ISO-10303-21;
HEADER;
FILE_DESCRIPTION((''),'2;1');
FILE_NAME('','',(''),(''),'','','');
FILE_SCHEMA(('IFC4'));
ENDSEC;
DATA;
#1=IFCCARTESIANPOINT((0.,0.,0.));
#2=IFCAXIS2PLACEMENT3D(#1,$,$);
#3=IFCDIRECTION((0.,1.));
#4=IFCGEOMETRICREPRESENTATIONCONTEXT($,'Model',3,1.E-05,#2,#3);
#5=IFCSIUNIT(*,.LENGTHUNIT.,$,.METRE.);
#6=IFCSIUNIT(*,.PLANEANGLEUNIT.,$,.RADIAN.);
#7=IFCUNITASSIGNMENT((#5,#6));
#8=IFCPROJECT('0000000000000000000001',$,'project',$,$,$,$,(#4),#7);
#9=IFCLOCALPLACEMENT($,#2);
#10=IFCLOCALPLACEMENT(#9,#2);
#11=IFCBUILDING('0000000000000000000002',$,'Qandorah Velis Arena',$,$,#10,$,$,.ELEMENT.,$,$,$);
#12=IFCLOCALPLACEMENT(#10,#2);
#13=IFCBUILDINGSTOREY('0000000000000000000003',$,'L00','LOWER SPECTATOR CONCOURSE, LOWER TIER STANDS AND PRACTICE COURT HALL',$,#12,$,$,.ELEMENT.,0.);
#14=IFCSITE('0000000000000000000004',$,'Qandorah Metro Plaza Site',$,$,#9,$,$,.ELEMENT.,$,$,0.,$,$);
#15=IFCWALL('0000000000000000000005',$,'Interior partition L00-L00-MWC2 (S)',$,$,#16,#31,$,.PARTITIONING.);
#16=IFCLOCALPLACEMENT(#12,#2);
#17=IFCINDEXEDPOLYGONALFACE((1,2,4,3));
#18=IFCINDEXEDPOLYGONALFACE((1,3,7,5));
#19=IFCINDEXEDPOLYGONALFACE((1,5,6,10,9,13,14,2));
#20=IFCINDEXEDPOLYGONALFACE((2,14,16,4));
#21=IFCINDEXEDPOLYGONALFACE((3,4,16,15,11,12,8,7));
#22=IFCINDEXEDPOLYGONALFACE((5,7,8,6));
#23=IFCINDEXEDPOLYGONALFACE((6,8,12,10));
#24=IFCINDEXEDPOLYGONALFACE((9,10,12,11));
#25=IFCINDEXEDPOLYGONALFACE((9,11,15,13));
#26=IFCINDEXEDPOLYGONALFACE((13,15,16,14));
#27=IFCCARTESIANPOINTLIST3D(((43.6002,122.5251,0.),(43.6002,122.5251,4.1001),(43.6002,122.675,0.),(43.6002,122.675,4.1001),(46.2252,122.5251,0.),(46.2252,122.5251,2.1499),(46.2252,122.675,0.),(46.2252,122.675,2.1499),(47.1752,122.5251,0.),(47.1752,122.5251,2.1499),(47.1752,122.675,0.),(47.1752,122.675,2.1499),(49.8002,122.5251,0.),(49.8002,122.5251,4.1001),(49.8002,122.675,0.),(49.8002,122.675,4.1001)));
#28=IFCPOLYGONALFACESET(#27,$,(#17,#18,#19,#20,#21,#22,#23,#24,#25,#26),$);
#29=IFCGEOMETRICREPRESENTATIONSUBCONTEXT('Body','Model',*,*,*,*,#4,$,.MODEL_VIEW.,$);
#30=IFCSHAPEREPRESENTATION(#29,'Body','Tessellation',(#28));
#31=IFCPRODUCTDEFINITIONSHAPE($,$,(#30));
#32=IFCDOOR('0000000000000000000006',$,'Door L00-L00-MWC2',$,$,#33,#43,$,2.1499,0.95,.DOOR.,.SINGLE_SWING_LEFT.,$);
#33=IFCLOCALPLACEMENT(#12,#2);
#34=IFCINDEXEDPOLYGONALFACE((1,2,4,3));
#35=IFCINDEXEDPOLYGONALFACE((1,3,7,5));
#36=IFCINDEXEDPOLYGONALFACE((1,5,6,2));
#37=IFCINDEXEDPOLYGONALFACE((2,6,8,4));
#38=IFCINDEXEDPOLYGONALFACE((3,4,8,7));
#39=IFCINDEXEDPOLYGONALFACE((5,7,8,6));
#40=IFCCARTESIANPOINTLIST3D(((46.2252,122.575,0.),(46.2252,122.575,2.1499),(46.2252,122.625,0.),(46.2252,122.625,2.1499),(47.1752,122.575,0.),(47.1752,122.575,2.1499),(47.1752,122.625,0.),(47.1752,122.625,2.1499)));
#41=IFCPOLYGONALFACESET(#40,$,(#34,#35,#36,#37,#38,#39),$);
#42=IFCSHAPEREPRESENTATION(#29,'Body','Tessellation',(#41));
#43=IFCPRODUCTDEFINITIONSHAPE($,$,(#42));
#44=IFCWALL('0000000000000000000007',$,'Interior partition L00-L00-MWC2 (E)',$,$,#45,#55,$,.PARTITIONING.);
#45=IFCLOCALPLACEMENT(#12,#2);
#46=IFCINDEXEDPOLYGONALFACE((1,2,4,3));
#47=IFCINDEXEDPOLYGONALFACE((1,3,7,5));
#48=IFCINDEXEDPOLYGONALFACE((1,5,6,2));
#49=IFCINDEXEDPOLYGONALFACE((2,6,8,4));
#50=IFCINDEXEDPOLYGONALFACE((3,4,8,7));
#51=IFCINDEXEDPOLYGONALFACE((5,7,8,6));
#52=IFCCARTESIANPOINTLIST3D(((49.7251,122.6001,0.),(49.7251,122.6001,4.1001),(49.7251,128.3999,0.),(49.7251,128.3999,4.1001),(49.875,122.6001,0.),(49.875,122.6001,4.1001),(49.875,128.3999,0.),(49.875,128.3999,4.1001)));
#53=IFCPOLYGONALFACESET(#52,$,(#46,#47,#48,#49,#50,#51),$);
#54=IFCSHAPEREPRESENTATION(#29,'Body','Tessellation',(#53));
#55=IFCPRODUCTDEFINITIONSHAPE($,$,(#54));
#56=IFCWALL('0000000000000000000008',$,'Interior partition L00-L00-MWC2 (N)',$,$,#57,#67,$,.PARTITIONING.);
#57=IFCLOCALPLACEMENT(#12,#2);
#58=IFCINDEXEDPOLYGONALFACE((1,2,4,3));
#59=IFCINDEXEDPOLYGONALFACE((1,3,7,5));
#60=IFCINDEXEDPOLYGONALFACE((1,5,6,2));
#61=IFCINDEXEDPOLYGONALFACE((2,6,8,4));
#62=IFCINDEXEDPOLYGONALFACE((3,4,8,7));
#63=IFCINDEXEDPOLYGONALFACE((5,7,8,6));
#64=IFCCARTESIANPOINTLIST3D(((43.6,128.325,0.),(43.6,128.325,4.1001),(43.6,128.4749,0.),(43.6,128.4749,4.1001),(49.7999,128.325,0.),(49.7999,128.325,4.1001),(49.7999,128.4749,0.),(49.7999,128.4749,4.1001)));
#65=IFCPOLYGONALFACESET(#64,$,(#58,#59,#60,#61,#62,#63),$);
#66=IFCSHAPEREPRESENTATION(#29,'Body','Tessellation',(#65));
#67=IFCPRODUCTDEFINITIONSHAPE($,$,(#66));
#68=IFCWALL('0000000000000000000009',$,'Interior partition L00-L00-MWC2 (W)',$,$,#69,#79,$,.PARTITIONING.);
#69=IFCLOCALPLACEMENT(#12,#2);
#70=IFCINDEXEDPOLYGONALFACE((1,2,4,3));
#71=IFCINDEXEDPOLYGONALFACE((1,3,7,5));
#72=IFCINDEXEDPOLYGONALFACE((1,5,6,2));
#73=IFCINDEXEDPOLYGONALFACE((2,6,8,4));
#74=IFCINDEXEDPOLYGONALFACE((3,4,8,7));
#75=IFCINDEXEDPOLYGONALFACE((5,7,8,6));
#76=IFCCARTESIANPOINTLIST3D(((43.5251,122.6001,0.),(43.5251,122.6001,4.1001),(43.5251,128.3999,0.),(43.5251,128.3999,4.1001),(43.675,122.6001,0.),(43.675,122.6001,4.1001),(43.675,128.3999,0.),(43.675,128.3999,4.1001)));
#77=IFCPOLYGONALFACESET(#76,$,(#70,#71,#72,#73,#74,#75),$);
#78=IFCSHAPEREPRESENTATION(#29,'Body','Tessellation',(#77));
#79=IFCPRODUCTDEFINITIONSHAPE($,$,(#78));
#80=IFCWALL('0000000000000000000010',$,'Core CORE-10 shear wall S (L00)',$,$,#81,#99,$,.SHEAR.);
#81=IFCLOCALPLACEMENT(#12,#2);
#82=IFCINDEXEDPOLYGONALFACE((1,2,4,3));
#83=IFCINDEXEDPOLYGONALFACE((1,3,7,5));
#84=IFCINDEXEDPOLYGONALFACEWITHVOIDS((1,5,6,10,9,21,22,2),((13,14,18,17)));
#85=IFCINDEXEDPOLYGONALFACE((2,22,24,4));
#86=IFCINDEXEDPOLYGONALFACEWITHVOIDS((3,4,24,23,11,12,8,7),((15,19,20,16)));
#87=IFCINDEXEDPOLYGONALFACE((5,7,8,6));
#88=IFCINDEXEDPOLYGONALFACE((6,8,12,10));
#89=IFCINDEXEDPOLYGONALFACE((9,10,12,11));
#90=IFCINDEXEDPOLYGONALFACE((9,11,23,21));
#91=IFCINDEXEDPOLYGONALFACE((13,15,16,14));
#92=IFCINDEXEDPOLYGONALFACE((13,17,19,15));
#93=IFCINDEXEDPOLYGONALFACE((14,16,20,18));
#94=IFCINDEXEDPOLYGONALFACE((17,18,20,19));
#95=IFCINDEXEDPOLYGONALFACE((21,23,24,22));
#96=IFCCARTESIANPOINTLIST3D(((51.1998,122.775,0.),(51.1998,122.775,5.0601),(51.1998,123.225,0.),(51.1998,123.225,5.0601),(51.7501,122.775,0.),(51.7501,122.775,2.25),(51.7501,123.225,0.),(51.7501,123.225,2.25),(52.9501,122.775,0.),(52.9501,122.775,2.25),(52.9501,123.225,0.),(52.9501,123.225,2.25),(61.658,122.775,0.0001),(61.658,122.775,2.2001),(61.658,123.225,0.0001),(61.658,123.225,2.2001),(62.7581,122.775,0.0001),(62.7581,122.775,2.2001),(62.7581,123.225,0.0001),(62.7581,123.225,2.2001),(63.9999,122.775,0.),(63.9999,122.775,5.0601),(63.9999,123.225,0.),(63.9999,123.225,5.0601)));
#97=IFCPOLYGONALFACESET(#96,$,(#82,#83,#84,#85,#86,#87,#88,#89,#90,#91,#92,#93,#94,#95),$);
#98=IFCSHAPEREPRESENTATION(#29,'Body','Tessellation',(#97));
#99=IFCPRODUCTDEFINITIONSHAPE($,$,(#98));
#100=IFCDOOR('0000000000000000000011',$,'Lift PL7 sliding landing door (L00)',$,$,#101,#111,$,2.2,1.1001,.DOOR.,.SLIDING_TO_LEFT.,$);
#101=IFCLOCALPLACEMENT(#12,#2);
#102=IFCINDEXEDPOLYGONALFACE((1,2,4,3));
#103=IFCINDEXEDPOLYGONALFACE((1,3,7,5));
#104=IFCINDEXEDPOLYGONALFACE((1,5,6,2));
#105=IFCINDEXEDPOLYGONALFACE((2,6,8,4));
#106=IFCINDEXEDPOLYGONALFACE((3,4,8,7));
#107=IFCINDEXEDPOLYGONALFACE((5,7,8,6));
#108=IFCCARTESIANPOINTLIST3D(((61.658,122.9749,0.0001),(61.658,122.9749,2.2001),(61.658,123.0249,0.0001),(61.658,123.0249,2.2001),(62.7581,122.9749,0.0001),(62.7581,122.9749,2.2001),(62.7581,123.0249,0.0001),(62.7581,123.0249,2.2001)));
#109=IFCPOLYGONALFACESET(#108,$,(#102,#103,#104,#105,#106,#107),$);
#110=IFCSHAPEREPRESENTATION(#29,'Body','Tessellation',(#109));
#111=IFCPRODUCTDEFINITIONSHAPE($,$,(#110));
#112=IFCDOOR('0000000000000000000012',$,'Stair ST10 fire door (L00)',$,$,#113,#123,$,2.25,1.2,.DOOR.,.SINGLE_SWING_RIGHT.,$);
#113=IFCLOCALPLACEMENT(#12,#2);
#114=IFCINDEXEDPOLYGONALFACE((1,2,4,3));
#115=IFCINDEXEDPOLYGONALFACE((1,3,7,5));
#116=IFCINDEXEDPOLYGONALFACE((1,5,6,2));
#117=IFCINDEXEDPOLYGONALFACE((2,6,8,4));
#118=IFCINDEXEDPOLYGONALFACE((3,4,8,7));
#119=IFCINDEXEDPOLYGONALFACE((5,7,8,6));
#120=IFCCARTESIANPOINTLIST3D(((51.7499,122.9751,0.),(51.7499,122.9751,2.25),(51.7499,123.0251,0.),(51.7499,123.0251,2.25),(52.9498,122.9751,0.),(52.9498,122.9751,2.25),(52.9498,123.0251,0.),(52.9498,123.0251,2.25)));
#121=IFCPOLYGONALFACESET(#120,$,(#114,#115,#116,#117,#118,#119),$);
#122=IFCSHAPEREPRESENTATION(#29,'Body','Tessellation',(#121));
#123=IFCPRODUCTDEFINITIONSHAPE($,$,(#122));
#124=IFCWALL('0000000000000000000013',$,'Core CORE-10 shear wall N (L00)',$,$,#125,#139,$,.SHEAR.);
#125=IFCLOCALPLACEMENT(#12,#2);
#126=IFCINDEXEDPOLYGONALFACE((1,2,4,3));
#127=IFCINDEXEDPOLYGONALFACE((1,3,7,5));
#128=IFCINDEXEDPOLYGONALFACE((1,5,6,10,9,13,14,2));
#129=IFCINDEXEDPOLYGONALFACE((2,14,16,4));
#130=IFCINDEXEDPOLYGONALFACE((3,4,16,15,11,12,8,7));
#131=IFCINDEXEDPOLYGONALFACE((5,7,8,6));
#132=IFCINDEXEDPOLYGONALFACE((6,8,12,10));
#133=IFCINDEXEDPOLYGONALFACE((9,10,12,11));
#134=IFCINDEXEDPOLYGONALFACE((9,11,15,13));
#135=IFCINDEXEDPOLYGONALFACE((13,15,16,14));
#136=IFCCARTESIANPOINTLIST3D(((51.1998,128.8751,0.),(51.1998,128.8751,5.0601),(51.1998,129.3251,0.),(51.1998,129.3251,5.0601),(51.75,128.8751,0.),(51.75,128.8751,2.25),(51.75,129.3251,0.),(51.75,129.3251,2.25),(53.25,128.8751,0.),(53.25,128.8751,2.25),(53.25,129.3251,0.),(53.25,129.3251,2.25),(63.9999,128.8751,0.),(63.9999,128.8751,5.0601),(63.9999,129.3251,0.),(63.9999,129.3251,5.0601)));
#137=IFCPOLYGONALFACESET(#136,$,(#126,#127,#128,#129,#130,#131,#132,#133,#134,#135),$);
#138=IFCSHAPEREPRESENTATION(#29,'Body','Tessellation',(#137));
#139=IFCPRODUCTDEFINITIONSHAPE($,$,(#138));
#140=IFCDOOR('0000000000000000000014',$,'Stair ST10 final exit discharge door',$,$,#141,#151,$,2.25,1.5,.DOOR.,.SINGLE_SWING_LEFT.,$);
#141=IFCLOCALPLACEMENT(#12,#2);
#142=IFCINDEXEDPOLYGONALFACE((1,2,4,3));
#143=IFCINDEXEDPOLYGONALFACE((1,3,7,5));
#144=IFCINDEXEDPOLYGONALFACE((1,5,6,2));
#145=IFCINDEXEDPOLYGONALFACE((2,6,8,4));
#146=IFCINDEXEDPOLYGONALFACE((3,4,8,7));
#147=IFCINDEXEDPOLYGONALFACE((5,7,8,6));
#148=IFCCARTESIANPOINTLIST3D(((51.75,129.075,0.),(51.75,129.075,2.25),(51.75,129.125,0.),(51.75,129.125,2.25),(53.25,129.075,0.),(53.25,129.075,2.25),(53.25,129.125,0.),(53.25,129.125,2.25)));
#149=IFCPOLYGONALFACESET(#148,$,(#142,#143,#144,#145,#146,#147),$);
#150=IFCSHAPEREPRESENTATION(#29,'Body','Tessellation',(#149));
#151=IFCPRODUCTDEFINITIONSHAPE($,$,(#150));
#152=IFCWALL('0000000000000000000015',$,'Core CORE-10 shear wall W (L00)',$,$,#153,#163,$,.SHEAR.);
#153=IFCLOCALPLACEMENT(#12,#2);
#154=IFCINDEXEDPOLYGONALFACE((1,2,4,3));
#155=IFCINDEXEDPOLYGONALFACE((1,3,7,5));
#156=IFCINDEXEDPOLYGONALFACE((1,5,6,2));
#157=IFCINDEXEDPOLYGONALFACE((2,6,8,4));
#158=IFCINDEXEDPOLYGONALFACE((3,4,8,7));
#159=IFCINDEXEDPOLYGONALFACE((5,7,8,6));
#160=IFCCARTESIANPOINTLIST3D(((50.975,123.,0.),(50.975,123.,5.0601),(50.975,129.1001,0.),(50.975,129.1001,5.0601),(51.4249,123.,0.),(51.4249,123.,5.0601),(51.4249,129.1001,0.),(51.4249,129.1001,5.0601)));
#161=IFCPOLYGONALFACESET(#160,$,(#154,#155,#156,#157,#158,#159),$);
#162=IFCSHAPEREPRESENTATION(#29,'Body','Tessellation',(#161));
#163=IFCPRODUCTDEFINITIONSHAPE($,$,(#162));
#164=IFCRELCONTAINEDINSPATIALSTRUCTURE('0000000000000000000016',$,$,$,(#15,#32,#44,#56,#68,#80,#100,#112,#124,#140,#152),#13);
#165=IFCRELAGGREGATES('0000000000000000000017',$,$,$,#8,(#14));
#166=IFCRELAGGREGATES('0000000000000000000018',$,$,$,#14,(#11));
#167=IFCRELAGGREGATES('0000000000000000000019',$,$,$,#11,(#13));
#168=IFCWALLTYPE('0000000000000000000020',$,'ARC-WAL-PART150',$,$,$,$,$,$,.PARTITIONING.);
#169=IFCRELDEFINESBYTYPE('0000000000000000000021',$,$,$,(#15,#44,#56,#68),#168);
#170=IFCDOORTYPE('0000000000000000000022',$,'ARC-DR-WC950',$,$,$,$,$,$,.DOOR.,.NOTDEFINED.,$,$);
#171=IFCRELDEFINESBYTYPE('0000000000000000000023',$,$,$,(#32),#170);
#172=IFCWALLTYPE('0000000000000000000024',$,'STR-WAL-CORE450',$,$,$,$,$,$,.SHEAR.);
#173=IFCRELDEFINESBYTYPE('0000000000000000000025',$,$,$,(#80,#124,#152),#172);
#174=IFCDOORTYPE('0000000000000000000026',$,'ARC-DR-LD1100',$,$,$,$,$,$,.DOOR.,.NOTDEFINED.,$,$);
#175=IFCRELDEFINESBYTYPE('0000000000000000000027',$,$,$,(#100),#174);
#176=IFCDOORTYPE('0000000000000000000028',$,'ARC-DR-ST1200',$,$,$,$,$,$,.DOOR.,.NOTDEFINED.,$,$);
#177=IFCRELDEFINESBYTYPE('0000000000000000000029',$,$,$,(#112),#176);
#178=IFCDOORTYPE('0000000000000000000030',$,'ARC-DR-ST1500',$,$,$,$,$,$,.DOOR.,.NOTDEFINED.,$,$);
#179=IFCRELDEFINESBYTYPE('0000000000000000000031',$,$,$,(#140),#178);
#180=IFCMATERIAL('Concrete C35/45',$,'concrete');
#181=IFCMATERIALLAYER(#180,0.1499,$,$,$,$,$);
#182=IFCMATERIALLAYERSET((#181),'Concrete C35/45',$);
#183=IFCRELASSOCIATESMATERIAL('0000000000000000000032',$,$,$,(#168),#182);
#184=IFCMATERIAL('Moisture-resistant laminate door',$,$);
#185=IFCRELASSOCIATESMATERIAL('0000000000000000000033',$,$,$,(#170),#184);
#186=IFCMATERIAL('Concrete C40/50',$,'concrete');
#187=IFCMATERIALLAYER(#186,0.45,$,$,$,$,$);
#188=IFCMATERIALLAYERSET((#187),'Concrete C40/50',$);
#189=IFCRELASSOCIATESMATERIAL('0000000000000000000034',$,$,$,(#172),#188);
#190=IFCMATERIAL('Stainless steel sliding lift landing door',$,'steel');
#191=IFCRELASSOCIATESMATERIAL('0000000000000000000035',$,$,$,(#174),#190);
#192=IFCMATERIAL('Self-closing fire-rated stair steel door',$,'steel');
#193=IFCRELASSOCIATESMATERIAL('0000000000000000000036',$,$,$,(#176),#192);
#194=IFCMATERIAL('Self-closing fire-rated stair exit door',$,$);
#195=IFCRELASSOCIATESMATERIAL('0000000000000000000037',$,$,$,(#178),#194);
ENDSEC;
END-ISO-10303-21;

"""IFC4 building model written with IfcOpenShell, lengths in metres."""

from ifc_helpers import new_model, si_unit, direction, frame, frame_2d, origin, place, context, subcontext, project, spatial, rectangle, extrude, material, layer, layer_set, type_object, element, fill, save


model = new_model("IFC4")

# Units and contexts
model_context = context("Model", 3, precision=1e-05, world=origin(), true_north=direction((0.0, 1.0)))
body_context = subcontext(model_context, "Body", "Model", "MODEL_VIEW")
ifc_project = project(units=[si_unit("LENGTHUNIT", "METRE"), si_unit("PLANEANGLEUNIT", "RADIAN")], contexts=[model_context])

# Site, building, storey
site_placement = place(None, origin())
site = spatial("IfcSite", under=ifc_project, at=site_placement, Name="Qandorah Metro Plaza Site", CompositionType="ELEMENT", RefElevation=0.0)
building_placement = place(site_placement, origin())
building = spatial("IfcBuilding", under=site, at=building_placement, Name="Qandorah Velis Arena", CompositionType="ELEMENT")
storey_placement = place(building_placement, origin())
storey = spatial("IfcBuildingStorey", under=building, at=storey_placement, Name="L00", Description="LOWER SPECTATOR CONCOURSE, LOWER TIER STANDS AND PRACTICE COURT HALL", CompositionType="ELEMENT", Elevation=0.0)

# Shared definitions
ifc_material_1 = material(Name="Concrete C40/50", Category="concrete")

# Wall, opening, door
ifc_material_2 = material(Name="Concrete C35/45", Category="concrete")
ifc_layer_1 = layer(ifc_material_2, 0.1499)
ifc_layer_set_1 = layer_set([ifc_layer_1], Name="Concrete C35/45")
wall_type_1 = type_object("IfcWallType", Name="ARC-WAL-PART150", PredefinedType="PARTITIONING", material=ifc_layer_set_1)
wall_1_placement = place(storey_placement, frame((43.6001, 122.6001, 0.0), z_axis=(0.0, 0.0, 1.0), x_axis=(1.0, 0.0, 0.0)))
wall_1 = element("IfcWall", 1, at=wall_1_placement, inside=storey, type_object=wall_type_1, Name="Interior partition L00-L00-MWC2 (S)", PredefinedType="PARTITIONING", context=body_context, shape_type="SweptSolid", body=[
    extrude(rectangle(XDim=6.2, YDim=0.1499, at=frame_2d((3.1001, 0.0))), origin(), (0.0, 0.0, 1.0), 4.1001),
])
opening_1_placement = place(wall_1_placement, frame((2.625, 0.0, 0.0)))
opening_1 = element("IfcOpeningElement", 2, at=opening_1_placement, cuts=wall_1, PredefinedType="OPENING", context=body_context, shape_type="SweptSolid", body=[
    extrude(rectangle(XDim=0.95, YDim=2.1499, at=frame_2d((0.4751, 1.075))), frame((0.0, 0.085, 0.0), z_axis=(0.0, -1.0, 0.0), x_axis=(1.0, 0.0, 0.0)), (0.0, 0.0, 1.0), 0.1699),
])
ifc_material_3 = material(Name="Moisture-resistant laminate door")
door_type_1 = type_object("IfcDoorType", Name="ARC-DR-WC950", OperationType="NOTDEFINED", PredefinedType="DOOR", material=ifc_material_3)
door_1_placement = place(opening_1_placement, origin())
door_1 = element("IfcDoor", 3, at=door_1_placement, inside=storey, type_object=door_type_1, Name="Door L00-L00-MWC2", OperationType="SINGLE_SWING_LEFT", OverallHeight=2.1499, OverallWidth=0.95, PredefinedType="DOOR", context=body_context, shape_type="SweptSolid", body=[
    extrude(rectangle(XDim=0.95, YDim=2.1499, at=frame_2d((0.4751, 1.075))), frame((0.0, 0.0249, 0.0), z_axis=(0.0, -1.0, 0.0), x_axis=(1.0, 0.0, 0.0)), (0.0, 0.0, 1.0), 0.05),
])
fill(opening_1, door_1)

# Walls
wall_2_placement = place(storey_placement, frame((49.8, 122.6001, 0.0), z_axis=(0.0, 0.0, 1.0), x_axis=(0.0, 1.0, 0.0)))
element("IfcWall", 4, at=wall_2_placement, inside=storey, type_object=wall_type_1, Name="Interior partition L00-L00-MWC2 (E)", PredefinedType="PARTITIONING", context=body_context, shape_type="SweptSolid", body=[
    extrude(rectangle(XDim=5.7998, YDim=0.1499, at=frame_2d((2.8999, 0.0))), origin(), (0.0, 0.0, 1.0), 4.1001),
])
wall_3_placement = place(storey_placement, frame((49.8, 128.3999, 0.0), z_axis=(0.0, 0.0, 1.0), x_axis=(-1.0, 0.0, 0.0)))
element("IfcWall", 5, at=wall_3_placement, inside=storey, type_object=wall_type_1, Name="Interior partition L00-L00-MWC2 (N)", PredefinedType="PARTITIONING", context=body_context, shape_type="SweptSolid", body=[
    extrude(rectangle(XDim=6.2, YDim=0.1499, at=frame_2d((3.1001, 0.0))), origin(), (0.0, 0.0, 1.0), 4.1001),
])
wall_4_placement = place(storey_placement, frame((43.6001, 128.3999, 0.0), z_axis=(0.0, 0.0, 1.0), x_axis=(0.0, -1.0, 0.0)))
element("IfcWall", 6, at=wall_4_placement, inside=storey, type_object=wall_type_1, Name="Interior partition L00-L00-MWC2 (W)", PredefinedType="PARTITIONING", context=body_context, shape_type="SweptSolid", body=[
    extrude(rectangle(XDim=5.7998, YDim=0.1499, at=frame_2d((2.8999, 0.0))), origin(), (0.0, 0.0, 1.0), 4.1001),
])

# Wall, openings, doors
ifc_layer_2 = layer(ifc_material_1, 0.45)
ifc_layer_set_2 = layer_set([ifc_layer_2], Name="Concrete C40/50")
wall_type_2 = type_object("IfcWallType", Name="STR-WAL-CORE450", PredefinedType="SHEAR", material=ifc_layer_set_2)
wall_5_placement = place(storey_placement, frame((51.2, 123.0, 0.0), z_axis=(0.0, 0.0, 1.0), x_axis=(1.0, 0.0, 0.0)))
wall_5 = element("IfcWall", 7, at=wall_5_placement, inside=storey, type_object=wall_type_2, Name="Core CORE-10 shear wall S (L00)", PredefinedType="SHEAR", context=body_context, shape_type="SweptSolid", body=[
    extrude(rectangle(XDim=12.8, YDim=0.45, at=frame_2d((6.3999, 0.0))), origin(), (0.0, 0.0, 1.0), 5.0601),
])
opening_2_placement = place(wall_5_placement, frame((0.55, 0.0, 0.0)))
opening_2 = element("IfcOpeningElement", 8, at=opening_2_placement, cuts=wall_5, PredefinedType="OPENING", context=body_context, shape_type="SweptSolid", body=[
    extrude(rectangle(XDim=1.2, YDim=2.25, at=frame_2d((0.6001, 1.125))), frame((0.0, 0.2349, 0.0), z_axis=(0.0, -1.0, 0.0), x_axis=(1.0, 0.0, 0.0)), (0.0, 0.0, 1.0), 0.47),
])
opening_3_placement = place(wall_5_placement, frame((10.458, 0.0, 0.0)))
opening_3 = element("IfcOpeningElement", 9, at=opening_3_placement, cuts=wall_5, PredefinedType="OPENING", context=body_context, shape_type="SweptSolid", body=[
    extrude(rectangle(XDim=1.1001, YDim=2.2, at=frame_2d((0.55, 1.1001))), frame((0.0, 0.2349, 0.0), z_axis=(0.0, -1.0, 0.0), x_axis=(1.0, 0.0, 0.0)), (0.0, 0.0, 1.0), 0.47),
])
ifc_material_4 = material(Name="Stainless steel sliding lift landing door", Category="steel")
door_type_2 = type_object("IfcDoorType", Name="ARC-DR-LD1100", OperationType="NOTDEFINED", PredefinedType="DOOR", material=ifc_material_4)
door_2_placement = place(opening_3_placement, origin())
door_2 = element("IfcDoor", 10, at=door_2_placement, inside=storey, type_object=door_type_2, Name="Lift PL7 sliding landing door (L00)", OperationType="SLIDING_TO_LEFT", OverallHeight=2.2, OverallWidth=1.1001, PredefinedType="DOOR", context=body_context, shape_type="SweptSolid", body=[
    extrude(rectangle(XDim=1.1001, YDim=2.2, at=frame_2d((0.55, 1.1001))), frame((0.0, 0.0249, 0.0), z_axis=(0.0, -1.0, 0.0), x_axis=(1.0, 0.0, 0.0)), (0.0, 0.0, 1.0), 0.05),
])
fill(opening_3, door_2)
ifc_material_5 = material(Name="Self-closing fire-rated stair steel door", Category="steel")
door_type_3 = type_object("IfcDoorType", Name="ARC-DR-ST1200", OperationType="NOTDEFINED", PredefinedType="DOOR", material=ifc_material_5)
door_3_placement = place(opening_2_placement, frame((1.2, 0.0, 0.0), z_axis=(0.0, 0.0, 1.0), x_axis=(-1.0, 0.0, 0.0)))
door_3 = element("IfcDoor", 11, at=door_3_placement, inside=storey, type_object=door_type_3, Name="Stair ST10 fire door (L00)", OperationType="SINGLE_SWING_RIGHT", OverallHeight=2.25, OverallWidth=1.2, PredefinedType="DOOR", context=body_context, shape_type="SweptSolid", body=[
    extrude(rectangle(XDim=1.2, YDim=2.25, at=frame_2d((0.6001, 1.125))), frame((0.0, 0.0249, 0.0), z_axis=(0.0, -1.0, 0.0), x_axis=(1.0, 0.0, 0.0)), (0.0, 0.0, 1.0), 0.05),
])
fill(opening_2, door_3)

# Wall, opening, door
wall_6_placement = place(storey_placement, frame((51.2, 129.1001, 0.0), z_axis=(0.0, 0.0, 1.0), x_axis=(1.0, 0.0, 0.0)))
wall_6 = element("IfcWall", 12, at=wall_6_placement, inside=storey, type_object=wall_type_2, Name="Core CORE-10 shear wall N (L00)", PredefinedType="SHEAR", context=body_context, shape_type="SweptSolid", body=[
    extrude(rectangle(XDim=12.8, YDim=0.45, at=frame_2d((6.3999, 0.0))), origin(), (0.0, 0.0, 1.0), 5.0601),
])
opening_4_placement = place(wall_6_placement, frame((0.55, 0.0, 0.0)))
opening_4 = element("IfcOpeningElement", 13, at=opening_4_placement, cuts=wall_6, PredefinedType="OPENING", context=body_context, shape_type="SweptSolid", body=[
    extrude(rectangle(XDim=1.5, YDim=2.25, at=frame_2d((0.75, 1.125))), frame((0.0, 0.2349, 0.0), z_axis=(0.0, -1.0, 0.0), x_axis=(1.0, 0.0, 0.0)), (0.0, 0.0, 1.0), 0.47),
])
ifc_material_6 = material(Name="Self-closing fire-rated stair exit door")
door_type_4 = type_object("IfcDoorType", Name="ARC-DR-ST1500", OperationType="NOTDEFINED", PredefinedType="DOOR", material=ifc_material_6)
door_4_placement = place(opening_4_placement, origin())
door_4 = element("IfcDoor", 14, at=door_4_placement, inside=storey, type_object=door_type_4, Name="Stair ST10 final exit discharge door", OperationType="SINGLE_SWING_LEFT", OverallHeight=2.25, OverallWidth=1.5, PredefinedType="DOOR", context=body_context, shape_type="SweptSolid", body=[
    extrude(rectangle(XDim=1.5, YDim=2.25, at=frame_2d((0.75, 1.125))), frame((0.0, 0.0249, 0.0), z_axis=(0.0, -1.0, 0.0), x_axis=(1.0, 0.0, 0.0)), (0.0, 0.0, 1.0), 0.05),
])
fill(opening_4, door_4)

# Wall
wall_7_placement = place(storey_placement, frame((51.2, 123.0, 0.0), z_axis=(0.0, 0.0, 1.0), x_axis=(0.0, 1.0, 0.0)))
element("IfcWall", 15, at=wall_7_placement, inside=storey, type_object=wall_type_2, Name="Core CORE-10 shear wall W (L00)", PredefinedType="SHEAR", context=body_context, shape_type="SweptSolid", body=[
    extrude(rectangle(XDim=6.1001, YDim=0.45, at=frame_2d((3.05, 0.0))), origin(), (0.0, 0.0, 1.0), 5.0601),
])

save(model, "model.ifc")
